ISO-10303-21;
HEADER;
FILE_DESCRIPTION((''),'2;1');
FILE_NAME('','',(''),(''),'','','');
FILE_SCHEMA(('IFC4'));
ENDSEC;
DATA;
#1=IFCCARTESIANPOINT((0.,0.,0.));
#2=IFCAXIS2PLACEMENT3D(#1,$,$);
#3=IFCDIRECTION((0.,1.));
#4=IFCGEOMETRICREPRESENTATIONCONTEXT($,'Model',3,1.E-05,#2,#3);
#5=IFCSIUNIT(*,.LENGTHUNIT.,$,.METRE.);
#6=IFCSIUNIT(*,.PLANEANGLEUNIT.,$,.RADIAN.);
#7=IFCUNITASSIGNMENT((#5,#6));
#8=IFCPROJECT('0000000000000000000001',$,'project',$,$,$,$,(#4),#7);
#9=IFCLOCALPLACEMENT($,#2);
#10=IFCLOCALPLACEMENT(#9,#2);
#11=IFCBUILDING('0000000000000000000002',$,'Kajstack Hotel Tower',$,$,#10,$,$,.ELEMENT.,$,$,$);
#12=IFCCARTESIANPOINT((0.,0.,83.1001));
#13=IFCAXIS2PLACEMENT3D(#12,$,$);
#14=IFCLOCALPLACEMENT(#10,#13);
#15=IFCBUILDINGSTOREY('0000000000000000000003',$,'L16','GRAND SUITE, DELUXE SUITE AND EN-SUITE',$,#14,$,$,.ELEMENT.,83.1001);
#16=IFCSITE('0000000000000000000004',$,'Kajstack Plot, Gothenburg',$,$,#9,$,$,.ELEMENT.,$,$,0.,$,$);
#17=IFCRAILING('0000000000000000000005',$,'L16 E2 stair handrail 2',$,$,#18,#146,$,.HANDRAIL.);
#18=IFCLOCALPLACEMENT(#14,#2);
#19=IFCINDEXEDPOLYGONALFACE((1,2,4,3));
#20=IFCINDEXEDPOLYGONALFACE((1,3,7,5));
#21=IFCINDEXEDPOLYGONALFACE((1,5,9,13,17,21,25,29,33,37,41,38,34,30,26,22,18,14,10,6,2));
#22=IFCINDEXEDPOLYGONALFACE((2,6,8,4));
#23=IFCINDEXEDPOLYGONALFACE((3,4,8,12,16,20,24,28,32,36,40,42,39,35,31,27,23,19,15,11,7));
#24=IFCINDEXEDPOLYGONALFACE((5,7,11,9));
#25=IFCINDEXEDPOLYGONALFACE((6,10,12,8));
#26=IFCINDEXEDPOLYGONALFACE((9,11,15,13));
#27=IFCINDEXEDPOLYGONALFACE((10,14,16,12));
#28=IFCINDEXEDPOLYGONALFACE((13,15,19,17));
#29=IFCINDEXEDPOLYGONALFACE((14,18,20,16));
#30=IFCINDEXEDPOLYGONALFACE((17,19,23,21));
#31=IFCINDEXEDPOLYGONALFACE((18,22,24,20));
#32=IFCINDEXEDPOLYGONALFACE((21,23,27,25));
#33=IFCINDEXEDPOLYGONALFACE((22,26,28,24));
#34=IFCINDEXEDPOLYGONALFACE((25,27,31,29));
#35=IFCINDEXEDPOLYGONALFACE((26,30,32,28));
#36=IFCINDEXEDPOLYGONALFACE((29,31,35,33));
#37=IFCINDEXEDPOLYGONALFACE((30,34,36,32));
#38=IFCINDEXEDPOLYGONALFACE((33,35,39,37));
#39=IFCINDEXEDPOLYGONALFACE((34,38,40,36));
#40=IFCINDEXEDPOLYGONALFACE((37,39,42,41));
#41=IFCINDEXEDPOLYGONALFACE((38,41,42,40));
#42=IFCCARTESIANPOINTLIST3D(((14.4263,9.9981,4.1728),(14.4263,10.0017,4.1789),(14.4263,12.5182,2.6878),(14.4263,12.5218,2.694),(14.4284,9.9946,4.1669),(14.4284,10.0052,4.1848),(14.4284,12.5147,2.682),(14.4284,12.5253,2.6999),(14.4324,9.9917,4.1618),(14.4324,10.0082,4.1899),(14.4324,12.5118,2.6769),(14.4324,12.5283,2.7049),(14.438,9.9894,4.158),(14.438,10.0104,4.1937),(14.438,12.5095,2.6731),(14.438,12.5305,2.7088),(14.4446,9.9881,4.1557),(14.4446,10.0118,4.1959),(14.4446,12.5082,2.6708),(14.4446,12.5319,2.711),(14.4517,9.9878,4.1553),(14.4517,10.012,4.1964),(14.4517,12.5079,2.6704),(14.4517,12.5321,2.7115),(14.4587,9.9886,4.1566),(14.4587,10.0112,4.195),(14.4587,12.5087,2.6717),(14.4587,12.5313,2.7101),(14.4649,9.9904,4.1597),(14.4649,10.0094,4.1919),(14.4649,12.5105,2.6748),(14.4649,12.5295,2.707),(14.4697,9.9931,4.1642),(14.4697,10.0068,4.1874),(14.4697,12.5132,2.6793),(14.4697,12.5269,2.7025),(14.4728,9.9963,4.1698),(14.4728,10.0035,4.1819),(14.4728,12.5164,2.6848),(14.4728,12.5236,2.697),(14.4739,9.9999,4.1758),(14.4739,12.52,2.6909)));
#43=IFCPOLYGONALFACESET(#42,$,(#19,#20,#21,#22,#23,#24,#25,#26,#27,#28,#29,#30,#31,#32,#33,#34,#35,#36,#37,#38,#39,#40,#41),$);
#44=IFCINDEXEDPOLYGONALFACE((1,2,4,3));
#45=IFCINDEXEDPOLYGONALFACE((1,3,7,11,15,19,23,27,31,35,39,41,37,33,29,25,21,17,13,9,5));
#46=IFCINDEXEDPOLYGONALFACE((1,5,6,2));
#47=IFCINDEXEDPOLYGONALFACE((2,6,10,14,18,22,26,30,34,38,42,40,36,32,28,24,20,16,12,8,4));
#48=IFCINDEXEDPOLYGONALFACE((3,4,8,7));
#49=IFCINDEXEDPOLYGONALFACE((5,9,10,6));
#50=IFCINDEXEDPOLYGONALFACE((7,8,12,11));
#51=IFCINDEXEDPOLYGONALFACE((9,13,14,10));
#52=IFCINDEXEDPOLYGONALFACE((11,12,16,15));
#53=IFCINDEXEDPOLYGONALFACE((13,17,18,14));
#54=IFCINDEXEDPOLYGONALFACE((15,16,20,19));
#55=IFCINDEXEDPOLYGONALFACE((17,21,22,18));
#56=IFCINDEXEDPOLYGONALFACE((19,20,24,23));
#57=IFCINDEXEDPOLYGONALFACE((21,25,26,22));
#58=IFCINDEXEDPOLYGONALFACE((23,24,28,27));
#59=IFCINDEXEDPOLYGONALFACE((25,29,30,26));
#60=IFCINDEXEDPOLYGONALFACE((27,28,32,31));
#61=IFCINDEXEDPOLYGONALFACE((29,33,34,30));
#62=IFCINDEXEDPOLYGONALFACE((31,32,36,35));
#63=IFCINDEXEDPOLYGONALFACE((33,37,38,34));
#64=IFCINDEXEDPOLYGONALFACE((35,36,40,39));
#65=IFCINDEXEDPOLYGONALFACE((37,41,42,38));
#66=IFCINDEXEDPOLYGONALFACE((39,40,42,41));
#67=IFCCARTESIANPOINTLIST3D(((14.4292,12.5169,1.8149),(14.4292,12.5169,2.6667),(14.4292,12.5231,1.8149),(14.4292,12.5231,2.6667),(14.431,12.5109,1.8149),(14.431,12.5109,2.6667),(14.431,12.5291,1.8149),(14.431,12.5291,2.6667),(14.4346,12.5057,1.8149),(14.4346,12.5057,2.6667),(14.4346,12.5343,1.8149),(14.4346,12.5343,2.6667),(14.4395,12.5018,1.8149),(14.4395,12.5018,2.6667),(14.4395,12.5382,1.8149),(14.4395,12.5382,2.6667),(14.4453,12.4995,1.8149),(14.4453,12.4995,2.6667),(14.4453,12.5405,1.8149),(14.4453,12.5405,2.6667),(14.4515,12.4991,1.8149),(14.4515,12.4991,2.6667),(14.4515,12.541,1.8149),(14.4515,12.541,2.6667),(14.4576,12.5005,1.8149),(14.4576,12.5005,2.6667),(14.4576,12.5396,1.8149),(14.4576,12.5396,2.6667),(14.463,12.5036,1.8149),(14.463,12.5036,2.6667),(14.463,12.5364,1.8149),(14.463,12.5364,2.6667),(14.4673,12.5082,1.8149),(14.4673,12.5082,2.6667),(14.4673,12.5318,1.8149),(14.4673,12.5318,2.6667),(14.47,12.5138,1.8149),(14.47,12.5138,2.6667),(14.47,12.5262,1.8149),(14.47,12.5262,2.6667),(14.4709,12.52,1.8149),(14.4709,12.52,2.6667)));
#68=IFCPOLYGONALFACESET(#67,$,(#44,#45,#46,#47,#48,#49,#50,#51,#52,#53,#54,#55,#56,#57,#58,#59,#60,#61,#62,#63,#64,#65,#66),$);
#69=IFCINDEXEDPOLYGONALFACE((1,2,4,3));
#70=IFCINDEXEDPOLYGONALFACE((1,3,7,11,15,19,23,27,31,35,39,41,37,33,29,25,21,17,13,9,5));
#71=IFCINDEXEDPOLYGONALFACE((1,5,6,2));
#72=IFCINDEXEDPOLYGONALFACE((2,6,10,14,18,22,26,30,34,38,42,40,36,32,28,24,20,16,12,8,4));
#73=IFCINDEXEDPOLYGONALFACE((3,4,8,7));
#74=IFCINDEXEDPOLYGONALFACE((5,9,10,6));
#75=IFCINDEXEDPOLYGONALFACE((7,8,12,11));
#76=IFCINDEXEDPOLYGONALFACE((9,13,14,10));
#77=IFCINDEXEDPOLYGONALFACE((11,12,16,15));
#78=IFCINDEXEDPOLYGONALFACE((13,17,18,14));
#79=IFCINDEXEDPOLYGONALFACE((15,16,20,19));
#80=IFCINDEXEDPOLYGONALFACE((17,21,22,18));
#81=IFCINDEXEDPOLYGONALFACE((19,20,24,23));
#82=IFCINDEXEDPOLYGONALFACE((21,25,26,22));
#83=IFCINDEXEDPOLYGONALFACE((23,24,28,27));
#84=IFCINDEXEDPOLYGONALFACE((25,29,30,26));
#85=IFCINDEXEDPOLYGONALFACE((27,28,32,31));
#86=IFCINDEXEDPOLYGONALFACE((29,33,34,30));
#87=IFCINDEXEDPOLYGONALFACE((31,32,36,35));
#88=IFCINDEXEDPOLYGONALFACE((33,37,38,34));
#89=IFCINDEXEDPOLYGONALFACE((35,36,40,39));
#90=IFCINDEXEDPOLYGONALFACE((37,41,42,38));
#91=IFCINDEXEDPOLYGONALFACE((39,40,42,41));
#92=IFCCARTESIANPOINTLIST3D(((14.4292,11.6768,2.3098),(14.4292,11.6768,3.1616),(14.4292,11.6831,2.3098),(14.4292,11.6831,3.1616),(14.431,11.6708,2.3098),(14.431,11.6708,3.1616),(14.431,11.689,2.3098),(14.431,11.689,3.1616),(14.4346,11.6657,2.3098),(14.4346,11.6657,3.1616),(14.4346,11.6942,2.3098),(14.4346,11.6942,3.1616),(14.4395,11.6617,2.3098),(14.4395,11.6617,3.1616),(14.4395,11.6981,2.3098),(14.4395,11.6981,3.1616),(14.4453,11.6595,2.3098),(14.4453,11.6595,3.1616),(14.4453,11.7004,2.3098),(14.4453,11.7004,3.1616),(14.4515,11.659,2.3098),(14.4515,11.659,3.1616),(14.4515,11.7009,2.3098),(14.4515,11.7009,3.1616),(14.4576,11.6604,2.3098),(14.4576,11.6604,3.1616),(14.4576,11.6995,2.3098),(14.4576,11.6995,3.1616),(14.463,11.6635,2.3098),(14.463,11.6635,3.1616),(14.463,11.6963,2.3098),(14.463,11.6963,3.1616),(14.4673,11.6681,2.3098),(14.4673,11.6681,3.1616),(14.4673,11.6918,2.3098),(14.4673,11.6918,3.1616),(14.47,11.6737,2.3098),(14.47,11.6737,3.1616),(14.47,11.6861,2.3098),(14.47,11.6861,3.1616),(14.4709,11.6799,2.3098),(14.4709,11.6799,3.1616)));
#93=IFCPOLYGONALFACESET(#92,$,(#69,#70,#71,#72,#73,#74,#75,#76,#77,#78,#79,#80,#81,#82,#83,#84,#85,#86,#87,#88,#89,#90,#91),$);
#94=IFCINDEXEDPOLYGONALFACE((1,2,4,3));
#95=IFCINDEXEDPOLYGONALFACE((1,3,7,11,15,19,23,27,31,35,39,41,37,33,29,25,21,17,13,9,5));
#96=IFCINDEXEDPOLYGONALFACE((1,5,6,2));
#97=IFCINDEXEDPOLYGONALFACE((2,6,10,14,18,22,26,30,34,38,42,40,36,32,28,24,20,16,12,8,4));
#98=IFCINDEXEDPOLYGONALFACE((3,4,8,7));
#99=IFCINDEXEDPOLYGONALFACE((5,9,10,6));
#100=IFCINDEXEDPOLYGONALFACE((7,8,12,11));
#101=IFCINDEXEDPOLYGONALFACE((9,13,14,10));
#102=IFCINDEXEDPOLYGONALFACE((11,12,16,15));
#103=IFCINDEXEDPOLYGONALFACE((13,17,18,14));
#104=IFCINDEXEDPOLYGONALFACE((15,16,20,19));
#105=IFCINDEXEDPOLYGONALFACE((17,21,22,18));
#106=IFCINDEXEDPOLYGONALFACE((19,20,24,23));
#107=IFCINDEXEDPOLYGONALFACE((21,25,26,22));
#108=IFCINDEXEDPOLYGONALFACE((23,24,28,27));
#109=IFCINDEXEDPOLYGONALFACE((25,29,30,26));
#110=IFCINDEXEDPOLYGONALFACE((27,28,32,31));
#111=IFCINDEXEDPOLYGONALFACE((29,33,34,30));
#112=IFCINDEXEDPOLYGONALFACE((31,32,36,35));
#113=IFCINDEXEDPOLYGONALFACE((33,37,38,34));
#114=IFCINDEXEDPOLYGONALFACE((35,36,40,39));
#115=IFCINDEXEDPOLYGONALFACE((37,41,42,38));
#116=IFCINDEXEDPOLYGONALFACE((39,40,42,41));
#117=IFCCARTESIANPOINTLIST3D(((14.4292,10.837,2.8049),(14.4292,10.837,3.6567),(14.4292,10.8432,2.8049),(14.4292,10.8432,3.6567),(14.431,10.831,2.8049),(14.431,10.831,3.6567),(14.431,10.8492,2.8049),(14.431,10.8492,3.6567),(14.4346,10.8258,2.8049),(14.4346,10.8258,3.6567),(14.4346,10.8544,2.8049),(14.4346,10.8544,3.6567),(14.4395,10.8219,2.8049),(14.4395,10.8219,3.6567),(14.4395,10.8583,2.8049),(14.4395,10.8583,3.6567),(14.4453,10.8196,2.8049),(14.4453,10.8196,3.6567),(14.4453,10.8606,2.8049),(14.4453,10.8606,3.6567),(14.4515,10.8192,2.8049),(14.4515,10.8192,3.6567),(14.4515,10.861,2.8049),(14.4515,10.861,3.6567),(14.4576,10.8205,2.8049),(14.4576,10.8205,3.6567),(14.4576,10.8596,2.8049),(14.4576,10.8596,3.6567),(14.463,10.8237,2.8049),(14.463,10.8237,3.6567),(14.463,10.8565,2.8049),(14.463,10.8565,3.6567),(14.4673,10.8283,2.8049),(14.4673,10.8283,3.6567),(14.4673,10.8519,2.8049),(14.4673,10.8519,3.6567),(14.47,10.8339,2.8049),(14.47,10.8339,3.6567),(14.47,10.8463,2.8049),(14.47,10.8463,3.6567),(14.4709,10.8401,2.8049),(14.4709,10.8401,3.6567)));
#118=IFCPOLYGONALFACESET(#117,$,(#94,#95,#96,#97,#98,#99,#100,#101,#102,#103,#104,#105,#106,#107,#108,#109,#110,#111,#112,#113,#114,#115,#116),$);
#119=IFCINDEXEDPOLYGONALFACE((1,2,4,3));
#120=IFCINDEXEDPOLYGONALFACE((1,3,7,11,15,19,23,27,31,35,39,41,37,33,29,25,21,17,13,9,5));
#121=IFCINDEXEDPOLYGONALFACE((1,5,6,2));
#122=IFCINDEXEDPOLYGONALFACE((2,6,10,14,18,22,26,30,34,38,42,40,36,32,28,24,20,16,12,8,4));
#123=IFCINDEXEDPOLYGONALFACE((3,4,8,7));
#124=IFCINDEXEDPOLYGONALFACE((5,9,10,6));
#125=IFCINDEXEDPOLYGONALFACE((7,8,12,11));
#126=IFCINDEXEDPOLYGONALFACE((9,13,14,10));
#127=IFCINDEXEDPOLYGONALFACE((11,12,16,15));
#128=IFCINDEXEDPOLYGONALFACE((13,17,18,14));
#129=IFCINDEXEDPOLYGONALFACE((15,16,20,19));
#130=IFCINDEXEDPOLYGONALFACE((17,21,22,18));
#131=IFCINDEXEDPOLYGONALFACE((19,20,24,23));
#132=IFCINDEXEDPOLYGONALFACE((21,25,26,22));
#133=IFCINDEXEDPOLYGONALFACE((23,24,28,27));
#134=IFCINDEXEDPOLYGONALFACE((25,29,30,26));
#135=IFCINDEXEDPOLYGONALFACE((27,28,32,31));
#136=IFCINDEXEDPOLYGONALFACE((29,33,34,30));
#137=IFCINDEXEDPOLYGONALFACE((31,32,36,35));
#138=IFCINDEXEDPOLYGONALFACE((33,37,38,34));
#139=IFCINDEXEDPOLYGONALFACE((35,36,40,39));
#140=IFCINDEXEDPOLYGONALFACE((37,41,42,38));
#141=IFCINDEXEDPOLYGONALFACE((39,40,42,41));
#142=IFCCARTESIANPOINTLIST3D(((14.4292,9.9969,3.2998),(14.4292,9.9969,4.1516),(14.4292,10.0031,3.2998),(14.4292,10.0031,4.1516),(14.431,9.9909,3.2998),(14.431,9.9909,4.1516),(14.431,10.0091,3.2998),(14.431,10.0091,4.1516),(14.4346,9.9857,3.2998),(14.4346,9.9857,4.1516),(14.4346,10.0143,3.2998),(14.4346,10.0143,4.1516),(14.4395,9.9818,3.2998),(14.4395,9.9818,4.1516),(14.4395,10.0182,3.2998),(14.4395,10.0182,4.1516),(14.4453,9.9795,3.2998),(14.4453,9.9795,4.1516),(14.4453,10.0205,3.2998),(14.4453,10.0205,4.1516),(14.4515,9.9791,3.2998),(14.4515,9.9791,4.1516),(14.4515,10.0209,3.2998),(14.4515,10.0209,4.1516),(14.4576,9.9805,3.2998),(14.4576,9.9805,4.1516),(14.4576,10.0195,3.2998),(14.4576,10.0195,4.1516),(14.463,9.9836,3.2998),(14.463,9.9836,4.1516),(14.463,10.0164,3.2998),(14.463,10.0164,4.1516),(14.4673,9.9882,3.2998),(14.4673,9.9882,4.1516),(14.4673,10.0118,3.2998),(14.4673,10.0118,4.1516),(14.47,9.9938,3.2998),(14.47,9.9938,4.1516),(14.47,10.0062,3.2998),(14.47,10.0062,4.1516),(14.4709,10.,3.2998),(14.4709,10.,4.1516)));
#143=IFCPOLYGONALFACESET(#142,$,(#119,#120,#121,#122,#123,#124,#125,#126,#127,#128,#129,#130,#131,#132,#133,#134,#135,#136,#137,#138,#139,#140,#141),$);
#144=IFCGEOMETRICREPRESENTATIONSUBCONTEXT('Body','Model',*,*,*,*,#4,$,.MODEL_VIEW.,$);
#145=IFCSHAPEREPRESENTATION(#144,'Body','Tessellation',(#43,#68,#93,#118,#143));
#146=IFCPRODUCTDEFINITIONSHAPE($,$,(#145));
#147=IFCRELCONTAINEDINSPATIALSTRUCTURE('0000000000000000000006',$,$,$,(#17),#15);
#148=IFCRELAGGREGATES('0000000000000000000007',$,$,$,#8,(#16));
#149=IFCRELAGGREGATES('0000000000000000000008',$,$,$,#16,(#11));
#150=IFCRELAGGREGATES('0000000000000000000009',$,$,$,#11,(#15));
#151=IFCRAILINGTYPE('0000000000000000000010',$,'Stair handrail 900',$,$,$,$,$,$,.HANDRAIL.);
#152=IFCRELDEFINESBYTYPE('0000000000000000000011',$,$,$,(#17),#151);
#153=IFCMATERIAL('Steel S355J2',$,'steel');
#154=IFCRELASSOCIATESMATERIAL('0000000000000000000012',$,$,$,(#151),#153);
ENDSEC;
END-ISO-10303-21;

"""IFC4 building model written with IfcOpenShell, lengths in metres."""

from ifc_helpers import new_model, si_unit, direction, frame, origin, origin_2d, place, context, subcontext, project, spatial, circle, extrude, material, type_object, element, save


model = new_model("IFC4")

# Units and contexts
model_context = context("Model", 3, precision=1e-05, world=origin(), true_north=direction((0.0, 1.0)))
body_context = subcontext(model_context, "Body", "Model", "MODEL_VIEW")
ifc_project = project(units=[si_unit("LENGTHUNIT", "METRE"), si_unit("PLANEANGLEUNIT", "RADIAN")], contexts=[model_context])

# Site, building, storey
site_placement = place(None, origin())
site = spatial("IfcSite", under=ifc_project, at=site_placement, Name="Kajstack Plot, Gothenburg", CompositionType="ELEMENT", RefElevation=0.0)
building_placement = place(site_placement, origin())
building = spatial("IfcBuilding", under=site, at=building_placement, Name="Kajstack Hotel Tower", CompositionType="ELEMENT")
storey_placement = place(building_placement, frame((0.0, 0.0, 83.1001)))
storey = spatial("IfcBuildingStorey", under=building, at=storey_placement, Name="L16", Description="GRAND SUITE, DELUXE SUITE AND EN-SUITE", CompositionType="ELEMENT", Elevation=83.1001)

# Railing
ifc_material_1 = material(Name="Steel S355J2", Category="steel")
railing_type = type_object("IfcRailingType", Name="Stair handrail 900", PredefinedType="HANDRAIL", material=ifc_material_1)
railing_1_placement = place(storey_placement, frame((14.45, 12.52, 1.8149)))
element("IfcRailing", 1, at=railing_1_placement, inside=storey, type_object=railing_type, Name="L16 E2 stair handrail 2", PredefinedType="HANDRAIL", context=body_context, shape_type="SweptSolid", body=[
    extrude(circle(Radius=0.0239, at=origin_2d()), frame((0.0, 0.0, 0.876), z_axis=(0.0, -0.861561, 0.507655), x_axis=(1.0, 0.0, 0.0)), (0.0, 0.0, 1.0), 2.925),
    extrude(circle(Radius=0.021, at=origin_2d()), origin(), (0.0, 0.0, 1.0), 0.8518),
    extrude(circle(Radius=0.021, at=origin_2d()), frame((0.0, -0.8401, 0.4949)), (0.0, 0.0, 1.0), 0.8518),
    extrude(circle(Radius=0.021, at=origin_2d()), frame((0.0, -1.6799, 0.99)), (0.0, 0.0, 1.0), 0.8518),
    extrude(circle(Radius=0.021, at=origin_2d()), frame((0.0, -2.52, 1.4849)), (0.0, 0.0, 1.0), 0.8518),
])

save(model, "model.ifc")
